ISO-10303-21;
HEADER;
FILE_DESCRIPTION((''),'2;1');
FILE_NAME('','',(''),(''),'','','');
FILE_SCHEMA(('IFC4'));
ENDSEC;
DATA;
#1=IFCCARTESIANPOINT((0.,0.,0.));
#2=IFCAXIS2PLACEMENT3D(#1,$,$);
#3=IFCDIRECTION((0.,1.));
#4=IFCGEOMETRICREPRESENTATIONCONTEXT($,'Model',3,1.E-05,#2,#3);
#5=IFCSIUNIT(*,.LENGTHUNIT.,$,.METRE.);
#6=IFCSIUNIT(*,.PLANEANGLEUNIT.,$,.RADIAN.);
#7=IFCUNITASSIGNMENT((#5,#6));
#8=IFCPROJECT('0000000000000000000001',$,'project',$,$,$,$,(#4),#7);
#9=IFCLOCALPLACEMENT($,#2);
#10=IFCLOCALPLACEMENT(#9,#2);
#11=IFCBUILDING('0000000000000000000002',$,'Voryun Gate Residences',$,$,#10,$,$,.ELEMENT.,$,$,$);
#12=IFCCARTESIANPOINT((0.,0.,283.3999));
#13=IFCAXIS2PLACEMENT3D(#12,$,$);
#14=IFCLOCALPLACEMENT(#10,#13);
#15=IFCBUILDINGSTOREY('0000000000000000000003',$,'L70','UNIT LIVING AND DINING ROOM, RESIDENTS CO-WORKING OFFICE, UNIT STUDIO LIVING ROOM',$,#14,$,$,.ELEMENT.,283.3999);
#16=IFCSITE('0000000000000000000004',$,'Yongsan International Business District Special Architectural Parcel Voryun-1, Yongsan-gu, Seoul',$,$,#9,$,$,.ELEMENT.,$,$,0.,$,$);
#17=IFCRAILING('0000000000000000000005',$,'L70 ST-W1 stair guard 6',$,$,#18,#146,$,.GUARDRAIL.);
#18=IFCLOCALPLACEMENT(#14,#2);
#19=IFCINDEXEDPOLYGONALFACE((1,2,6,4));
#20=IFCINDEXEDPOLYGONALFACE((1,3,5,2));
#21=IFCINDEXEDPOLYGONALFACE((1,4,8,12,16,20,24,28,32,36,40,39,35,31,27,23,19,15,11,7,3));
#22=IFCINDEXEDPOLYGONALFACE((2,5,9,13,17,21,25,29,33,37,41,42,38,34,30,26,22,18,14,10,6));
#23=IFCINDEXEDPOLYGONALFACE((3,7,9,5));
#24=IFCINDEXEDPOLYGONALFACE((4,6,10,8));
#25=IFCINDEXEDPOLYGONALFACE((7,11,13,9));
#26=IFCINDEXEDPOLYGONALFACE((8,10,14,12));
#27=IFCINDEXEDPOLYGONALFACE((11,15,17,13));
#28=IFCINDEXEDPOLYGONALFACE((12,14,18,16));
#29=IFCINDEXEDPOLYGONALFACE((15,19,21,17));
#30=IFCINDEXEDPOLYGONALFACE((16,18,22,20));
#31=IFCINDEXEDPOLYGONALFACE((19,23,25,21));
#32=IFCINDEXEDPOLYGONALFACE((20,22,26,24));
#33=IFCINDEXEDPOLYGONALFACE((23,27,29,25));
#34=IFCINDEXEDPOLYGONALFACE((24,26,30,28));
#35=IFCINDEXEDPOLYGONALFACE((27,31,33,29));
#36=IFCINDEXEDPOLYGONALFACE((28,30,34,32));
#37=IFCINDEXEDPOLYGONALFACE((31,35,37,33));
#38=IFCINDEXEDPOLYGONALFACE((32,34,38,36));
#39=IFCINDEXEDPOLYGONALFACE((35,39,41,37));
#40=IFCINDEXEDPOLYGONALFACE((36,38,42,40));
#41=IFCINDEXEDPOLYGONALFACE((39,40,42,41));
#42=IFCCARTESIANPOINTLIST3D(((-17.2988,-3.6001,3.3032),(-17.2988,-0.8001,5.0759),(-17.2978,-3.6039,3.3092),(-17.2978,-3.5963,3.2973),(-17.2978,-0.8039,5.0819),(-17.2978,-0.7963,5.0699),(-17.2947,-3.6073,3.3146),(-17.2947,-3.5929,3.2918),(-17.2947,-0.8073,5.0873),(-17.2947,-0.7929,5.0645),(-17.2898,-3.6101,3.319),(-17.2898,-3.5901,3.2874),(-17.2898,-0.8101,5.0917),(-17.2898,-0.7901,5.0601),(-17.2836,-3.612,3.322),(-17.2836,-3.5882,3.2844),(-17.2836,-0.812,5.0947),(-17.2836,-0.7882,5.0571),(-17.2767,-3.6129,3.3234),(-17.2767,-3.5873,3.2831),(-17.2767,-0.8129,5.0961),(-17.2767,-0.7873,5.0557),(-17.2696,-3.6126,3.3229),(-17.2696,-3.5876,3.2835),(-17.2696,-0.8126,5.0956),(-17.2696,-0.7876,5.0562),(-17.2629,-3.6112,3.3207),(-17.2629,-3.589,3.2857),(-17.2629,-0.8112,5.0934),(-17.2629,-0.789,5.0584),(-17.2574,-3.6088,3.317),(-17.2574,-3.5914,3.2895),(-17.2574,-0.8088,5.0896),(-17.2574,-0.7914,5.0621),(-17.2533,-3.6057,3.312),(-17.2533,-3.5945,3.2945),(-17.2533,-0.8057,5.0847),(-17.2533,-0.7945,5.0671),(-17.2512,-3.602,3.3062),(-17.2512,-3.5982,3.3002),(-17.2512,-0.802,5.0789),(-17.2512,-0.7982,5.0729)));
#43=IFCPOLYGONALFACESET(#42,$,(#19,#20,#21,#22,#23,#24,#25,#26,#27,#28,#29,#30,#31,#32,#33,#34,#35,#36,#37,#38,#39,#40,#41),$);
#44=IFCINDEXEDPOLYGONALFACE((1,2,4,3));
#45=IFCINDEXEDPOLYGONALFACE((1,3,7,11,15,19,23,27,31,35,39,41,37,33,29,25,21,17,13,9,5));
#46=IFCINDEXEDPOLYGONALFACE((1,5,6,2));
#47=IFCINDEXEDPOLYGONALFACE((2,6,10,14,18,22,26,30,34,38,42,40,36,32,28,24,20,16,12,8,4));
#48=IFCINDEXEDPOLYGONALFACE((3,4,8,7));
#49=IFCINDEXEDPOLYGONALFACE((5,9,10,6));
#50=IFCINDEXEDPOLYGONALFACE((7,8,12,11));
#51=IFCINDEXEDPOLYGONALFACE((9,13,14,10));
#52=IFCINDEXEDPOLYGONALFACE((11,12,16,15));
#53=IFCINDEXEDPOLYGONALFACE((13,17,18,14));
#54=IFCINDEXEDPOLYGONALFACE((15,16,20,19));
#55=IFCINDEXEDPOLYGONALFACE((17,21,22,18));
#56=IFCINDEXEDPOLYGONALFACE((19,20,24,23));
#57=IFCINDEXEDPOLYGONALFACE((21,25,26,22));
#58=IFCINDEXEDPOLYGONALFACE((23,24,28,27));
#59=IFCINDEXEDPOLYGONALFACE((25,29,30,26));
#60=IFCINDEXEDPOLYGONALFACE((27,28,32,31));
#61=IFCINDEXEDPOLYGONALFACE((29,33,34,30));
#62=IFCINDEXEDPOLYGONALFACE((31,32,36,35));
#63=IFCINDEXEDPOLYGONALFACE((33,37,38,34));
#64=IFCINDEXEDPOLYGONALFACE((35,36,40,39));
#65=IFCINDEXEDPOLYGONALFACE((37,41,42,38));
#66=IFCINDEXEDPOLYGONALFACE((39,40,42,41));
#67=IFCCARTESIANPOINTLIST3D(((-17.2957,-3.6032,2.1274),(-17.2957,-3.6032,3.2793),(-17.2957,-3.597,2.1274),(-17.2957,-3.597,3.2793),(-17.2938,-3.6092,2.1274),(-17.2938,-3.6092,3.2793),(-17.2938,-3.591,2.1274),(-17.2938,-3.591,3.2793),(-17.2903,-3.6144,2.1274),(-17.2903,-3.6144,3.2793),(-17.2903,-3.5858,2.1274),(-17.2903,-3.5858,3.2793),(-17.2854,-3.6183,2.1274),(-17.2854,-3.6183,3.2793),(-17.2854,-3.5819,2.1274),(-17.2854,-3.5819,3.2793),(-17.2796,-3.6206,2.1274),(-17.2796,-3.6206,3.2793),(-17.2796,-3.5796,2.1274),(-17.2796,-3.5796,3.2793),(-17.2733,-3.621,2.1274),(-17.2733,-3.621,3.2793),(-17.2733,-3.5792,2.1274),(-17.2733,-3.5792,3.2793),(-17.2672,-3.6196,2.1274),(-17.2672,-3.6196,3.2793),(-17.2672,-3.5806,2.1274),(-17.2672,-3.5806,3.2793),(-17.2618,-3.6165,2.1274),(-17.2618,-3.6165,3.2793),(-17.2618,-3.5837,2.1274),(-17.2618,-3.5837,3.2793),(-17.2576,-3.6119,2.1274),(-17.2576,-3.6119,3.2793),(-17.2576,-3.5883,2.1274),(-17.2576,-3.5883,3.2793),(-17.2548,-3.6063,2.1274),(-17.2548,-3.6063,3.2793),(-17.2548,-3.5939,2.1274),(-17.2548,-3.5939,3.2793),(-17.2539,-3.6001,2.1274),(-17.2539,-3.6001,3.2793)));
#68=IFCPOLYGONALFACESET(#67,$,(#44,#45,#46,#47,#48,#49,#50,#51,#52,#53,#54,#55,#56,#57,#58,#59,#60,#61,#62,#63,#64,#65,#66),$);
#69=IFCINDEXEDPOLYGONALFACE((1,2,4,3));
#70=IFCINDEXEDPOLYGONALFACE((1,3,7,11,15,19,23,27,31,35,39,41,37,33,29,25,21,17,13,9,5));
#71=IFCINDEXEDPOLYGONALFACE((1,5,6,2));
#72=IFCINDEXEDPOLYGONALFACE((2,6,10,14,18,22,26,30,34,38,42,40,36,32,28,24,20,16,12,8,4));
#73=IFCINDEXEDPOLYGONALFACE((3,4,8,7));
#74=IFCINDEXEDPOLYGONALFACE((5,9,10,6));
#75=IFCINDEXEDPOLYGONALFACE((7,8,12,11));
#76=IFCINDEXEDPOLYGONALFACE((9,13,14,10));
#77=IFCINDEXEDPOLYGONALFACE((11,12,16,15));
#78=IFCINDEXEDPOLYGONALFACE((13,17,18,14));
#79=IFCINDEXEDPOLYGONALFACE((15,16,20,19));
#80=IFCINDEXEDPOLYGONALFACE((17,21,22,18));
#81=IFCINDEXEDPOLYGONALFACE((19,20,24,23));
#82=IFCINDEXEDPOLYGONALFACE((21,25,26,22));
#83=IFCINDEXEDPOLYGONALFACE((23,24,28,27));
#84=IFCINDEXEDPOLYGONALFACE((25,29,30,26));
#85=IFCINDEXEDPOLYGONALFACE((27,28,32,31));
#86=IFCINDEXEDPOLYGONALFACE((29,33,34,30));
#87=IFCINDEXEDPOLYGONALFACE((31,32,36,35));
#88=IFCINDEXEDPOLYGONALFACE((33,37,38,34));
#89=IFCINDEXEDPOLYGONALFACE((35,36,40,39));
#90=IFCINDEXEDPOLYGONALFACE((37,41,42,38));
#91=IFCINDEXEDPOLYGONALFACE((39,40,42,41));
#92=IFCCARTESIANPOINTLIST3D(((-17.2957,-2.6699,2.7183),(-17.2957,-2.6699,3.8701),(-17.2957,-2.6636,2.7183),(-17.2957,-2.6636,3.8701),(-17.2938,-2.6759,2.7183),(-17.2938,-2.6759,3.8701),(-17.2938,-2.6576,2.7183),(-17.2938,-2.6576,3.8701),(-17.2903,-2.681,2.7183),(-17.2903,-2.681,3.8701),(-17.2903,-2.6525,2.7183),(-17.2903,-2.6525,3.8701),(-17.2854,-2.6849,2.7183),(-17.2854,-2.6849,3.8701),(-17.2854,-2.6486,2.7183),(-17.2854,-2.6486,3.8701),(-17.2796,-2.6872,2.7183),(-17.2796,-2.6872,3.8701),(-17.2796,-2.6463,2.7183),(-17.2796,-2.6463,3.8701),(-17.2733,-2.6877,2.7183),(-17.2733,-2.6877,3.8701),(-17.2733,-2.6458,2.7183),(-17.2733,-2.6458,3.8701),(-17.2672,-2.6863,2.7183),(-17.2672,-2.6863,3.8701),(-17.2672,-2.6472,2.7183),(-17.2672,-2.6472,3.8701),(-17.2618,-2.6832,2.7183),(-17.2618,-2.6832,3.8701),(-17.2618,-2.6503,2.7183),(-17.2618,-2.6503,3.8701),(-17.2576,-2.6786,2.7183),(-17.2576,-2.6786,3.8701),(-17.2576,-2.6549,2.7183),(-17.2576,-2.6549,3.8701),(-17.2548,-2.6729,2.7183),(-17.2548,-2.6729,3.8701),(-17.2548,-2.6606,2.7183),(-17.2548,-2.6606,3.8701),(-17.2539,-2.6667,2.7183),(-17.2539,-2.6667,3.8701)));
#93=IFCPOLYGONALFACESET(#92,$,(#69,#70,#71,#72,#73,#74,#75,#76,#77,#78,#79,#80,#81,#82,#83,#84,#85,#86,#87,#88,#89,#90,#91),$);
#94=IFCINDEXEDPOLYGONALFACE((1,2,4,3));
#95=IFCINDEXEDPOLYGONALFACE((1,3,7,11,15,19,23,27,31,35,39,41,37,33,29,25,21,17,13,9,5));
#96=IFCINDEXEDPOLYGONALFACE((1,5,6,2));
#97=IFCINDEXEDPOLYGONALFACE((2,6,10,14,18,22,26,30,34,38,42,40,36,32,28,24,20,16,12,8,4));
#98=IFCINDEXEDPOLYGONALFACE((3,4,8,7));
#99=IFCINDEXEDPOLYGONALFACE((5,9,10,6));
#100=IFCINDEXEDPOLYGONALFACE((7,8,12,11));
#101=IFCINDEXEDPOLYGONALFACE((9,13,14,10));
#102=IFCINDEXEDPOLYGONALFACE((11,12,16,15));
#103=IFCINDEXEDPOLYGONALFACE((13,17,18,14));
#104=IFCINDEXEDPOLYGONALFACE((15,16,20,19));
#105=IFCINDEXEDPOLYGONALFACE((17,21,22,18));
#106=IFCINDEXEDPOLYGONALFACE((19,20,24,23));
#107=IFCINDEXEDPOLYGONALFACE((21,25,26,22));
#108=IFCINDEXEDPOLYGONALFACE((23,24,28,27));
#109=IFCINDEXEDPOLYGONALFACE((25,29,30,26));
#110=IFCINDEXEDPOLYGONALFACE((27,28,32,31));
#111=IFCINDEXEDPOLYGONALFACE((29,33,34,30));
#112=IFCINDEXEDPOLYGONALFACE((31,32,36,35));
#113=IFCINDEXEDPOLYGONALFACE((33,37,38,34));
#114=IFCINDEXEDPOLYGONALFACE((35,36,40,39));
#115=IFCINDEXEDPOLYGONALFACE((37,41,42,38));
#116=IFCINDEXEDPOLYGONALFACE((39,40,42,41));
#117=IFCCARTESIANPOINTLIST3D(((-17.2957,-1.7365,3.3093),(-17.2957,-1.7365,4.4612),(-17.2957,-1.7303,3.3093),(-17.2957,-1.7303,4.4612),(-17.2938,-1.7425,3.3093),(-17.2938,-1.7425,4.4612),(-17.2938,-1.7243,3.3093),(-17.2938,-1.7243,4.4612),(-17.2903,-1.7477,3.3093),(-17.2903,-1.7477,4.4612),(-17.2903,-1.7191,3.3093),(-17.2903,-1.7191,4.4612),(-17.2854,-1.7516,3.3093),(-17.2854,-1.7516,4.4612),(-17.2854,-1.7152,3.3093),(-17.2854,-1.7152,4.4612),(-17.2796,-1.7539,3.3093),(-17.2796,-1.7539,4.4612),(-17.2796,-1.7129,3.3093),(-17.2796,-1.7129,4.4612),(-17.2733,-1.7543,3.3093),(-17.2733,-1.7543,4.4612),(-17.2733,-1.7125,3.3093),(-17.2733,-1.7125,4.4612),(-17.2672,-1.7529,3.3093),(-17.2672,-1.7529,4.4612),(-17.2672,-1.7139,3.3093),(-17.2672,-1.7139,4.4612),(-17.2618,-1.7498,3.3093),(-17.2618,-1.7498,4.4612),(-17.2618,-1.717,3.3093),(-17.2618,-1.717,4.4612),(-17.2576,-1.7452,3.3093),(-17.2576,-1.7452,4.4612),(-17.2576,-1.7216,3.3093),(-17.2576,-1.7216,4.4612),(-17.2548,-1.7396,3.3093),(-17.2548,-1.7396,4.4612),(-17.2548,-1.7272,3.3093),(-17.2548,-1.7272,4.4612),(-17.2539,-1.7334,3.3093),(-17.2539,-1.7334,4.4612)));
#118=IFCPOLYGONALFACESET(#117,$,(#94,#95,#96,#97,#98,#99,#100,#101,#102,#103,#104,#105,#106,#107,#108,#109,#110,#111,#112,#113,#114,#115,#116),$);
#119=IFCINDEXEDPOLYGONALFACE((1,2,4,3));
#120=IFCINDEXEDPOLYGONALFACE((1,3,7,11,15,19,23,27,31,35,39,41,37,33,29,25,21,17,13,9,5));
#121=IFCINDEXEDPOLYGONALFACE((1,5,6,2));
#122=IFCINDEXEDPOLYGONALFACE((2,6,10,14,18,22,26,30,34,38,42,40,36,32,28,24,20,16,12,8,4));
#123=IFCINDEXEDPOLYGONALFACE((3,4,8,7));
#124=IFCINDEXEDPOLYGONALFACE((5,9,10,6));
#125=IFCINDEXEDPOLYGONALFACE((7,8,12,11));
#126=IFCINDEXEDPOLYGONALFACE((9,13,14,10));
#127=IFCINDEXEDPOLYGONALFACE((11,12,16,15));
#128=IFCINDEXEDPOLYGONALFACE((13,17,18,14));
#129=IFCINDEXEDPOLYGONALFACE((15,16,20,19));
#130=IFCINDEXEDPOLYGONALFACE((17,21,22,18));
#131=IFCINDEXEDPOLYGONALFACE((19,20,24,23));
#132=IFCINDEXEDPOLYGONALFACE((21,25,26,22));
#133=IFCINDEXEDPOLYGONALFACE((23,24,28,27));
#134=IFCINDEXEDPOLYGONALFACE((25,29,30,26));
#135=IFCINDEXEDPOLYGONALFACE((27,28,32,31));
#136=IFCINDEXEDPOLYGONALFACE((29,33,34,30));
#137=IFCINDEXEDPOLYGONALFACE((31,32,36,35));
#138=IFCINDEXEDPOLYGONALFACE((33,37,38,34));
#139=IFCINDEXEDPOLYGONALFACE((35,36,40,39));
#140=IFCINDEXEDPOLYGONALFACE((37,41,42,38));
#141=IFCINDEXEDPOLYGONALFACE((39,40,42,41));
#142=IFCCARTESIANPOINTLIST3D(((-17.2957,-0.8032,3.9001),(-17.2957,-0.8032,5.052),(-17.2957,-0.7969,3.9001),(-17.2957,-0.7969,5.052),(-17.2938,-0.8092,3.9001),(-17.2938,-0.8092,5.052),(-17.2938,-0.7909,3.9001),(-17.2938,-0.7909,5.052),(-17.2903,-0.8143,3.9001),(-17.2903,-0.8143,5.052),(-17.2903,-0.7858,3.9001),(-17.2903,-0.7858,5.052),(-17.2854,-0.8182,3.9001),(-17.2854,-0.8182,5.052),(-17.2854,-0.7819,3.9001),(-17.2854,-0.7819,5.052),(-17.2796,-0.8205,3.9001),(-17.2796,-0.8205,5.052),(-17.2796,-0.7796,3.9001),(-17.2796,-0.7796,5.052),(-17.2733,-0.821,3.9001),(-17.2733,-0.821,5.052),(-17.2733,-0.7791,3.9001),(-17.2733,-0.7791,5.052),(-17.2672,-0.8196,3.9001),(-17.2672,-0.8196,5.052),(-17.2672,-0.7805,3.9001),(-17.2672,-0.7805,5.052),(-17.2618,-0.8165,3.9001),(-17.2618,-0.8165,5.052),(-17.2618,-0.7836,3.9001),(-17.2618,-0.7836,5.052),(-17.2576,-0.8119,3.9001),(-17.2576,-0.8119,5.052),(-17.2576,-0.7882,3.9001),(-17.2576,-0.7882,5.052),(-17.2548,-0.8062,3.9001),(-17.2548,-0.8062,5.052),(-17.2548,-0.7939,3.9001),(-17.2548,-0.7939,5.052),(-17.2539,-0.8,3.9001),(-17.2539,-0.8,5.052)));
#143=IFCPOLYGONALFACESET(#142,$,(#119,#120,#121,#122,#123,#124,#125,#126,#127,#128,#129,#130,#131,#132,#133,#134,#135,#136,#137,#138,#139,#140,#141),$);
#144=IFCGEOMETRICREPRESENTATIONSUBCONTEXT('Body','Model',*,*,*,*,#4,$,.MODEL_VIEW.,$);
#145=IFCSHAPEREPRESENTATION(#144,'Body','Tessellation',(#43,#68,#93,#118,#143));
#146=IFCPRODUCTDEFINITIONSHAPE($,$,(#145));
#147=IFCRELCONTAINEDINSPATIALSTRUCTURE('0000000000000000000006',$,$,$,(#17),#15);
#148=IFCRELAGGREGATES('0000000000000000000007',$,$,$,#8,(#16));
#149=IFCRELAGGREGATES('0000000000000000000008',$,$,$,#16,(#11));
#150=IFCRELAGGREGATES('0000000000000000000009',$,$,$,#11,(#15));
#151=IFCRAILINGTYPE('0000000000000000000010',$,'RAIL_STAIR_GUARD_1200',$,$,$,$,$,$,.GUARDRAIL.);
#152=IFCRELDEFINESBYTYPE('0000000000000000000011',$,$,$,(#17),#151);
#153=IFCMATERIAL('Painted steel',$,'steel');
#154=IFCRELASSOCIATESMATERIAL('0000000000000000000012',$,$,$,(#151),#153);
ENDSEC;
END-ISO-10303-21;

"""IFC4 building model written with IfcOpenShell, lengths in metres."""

from ifc_helpers import new_model, si_unit, direction, frame, origin, origin_2d, place, context, subcontext, project, spatial, circle, extrude, material, type_object, element, save


model = new_model("IFC4")

# Units and contexts
model_context = context("Model", 3, precision=1e-05, world=origin(), true_north=direction((0.0, 1.0)))
body_context = subcontext(model_context, "Body", "Model", "MODEL_VIEW")
ifc_project = project(units=[si_unit("LENGTHUNIT", "METRE"), si_unit("PLANEANGLEUNIT", "RADIAN")], contexts=[model_context])

# Site, building, storey
site_placement = place(None, origin())
site = spatial("IfcSite", under=ifc_project, at=site_placement, Name="Yongsan International Business District Special Architectural Parcel Voryun-1, Yongsan-gu, Seoul", CompositionType="ELEMENT", RefElevation=0.0)
building_placement = place(site_placement, origin())
building = spatial("IfcBuilding", under=site, at=building_placement, Name="Voryun Gate Residences", CompositionType="ELEMENT")
storey_placement = place(building_placement, frame((0.0, 0.0, 283.3999)))
storey = spatial("IfcBuildingStorey", under=building, at=storey_placement, Name="L70", Description="UNIT LIVING AND DINING ROOM, RESIDENTS CO-WORKING OFFICE, UNIT STUDIO LIVING ROOM", CompositionType="ELEMENT", Elevation=283.3999)

# Railing
ifc_material_1 = material(Name="Painted steel", Category="steel")
railing_type_1 = type_object("IfcRailingType", Name="RAIL_STAIR_GUARD_1200", PredefinedType="GUARDRAIL", material=ifc_material_1)
railing_1_placement = place(storey_placement, frame((-17.2749, -3.6001, 2.1274)))
element("IfcRailing", 1, at=railing_1_placement, inside=storey, type_object=railing_type_1, Name="L70 ST-W1 stair guard 6", PredefinedType="GUARDRAIL", context=body_context, shape_type="SweptSolid", body=[
    extrude(circle(Radius=0.0239, at=origin_2d()), frame((0.0, 0.0, 1.1758), z_axis=(0.0, 0.844909, 0.53491), x_axis=(-1.0, 0.0, 0.0)), (0.0, 0.0, 1.0), 3.314),
    extrude(circle(Radius=0.021, at=origin_2d()), origin(), (0.0, 0.0, 1.0), 1.1519),
    extrude(circle(Radius=0.021, at=origin_2d()), frame((0.0, 0.9333, 0.5908)), (0.0, 0.0, 1.0), 1.1519),
    extrude(circle(Radius=0.021, at=origin_2d()), frame((0.0, 1.8667, 1.1819)), (0.0, 0.0, 1.0), 1.1519),
    extrude(circle(Radius=0.021, at=origin_2d()), frame((0.0, 2.8, 1.7727)), (0.0, 0.0, 1.0), 1.1519),
])

save(model, "model.ifc")
